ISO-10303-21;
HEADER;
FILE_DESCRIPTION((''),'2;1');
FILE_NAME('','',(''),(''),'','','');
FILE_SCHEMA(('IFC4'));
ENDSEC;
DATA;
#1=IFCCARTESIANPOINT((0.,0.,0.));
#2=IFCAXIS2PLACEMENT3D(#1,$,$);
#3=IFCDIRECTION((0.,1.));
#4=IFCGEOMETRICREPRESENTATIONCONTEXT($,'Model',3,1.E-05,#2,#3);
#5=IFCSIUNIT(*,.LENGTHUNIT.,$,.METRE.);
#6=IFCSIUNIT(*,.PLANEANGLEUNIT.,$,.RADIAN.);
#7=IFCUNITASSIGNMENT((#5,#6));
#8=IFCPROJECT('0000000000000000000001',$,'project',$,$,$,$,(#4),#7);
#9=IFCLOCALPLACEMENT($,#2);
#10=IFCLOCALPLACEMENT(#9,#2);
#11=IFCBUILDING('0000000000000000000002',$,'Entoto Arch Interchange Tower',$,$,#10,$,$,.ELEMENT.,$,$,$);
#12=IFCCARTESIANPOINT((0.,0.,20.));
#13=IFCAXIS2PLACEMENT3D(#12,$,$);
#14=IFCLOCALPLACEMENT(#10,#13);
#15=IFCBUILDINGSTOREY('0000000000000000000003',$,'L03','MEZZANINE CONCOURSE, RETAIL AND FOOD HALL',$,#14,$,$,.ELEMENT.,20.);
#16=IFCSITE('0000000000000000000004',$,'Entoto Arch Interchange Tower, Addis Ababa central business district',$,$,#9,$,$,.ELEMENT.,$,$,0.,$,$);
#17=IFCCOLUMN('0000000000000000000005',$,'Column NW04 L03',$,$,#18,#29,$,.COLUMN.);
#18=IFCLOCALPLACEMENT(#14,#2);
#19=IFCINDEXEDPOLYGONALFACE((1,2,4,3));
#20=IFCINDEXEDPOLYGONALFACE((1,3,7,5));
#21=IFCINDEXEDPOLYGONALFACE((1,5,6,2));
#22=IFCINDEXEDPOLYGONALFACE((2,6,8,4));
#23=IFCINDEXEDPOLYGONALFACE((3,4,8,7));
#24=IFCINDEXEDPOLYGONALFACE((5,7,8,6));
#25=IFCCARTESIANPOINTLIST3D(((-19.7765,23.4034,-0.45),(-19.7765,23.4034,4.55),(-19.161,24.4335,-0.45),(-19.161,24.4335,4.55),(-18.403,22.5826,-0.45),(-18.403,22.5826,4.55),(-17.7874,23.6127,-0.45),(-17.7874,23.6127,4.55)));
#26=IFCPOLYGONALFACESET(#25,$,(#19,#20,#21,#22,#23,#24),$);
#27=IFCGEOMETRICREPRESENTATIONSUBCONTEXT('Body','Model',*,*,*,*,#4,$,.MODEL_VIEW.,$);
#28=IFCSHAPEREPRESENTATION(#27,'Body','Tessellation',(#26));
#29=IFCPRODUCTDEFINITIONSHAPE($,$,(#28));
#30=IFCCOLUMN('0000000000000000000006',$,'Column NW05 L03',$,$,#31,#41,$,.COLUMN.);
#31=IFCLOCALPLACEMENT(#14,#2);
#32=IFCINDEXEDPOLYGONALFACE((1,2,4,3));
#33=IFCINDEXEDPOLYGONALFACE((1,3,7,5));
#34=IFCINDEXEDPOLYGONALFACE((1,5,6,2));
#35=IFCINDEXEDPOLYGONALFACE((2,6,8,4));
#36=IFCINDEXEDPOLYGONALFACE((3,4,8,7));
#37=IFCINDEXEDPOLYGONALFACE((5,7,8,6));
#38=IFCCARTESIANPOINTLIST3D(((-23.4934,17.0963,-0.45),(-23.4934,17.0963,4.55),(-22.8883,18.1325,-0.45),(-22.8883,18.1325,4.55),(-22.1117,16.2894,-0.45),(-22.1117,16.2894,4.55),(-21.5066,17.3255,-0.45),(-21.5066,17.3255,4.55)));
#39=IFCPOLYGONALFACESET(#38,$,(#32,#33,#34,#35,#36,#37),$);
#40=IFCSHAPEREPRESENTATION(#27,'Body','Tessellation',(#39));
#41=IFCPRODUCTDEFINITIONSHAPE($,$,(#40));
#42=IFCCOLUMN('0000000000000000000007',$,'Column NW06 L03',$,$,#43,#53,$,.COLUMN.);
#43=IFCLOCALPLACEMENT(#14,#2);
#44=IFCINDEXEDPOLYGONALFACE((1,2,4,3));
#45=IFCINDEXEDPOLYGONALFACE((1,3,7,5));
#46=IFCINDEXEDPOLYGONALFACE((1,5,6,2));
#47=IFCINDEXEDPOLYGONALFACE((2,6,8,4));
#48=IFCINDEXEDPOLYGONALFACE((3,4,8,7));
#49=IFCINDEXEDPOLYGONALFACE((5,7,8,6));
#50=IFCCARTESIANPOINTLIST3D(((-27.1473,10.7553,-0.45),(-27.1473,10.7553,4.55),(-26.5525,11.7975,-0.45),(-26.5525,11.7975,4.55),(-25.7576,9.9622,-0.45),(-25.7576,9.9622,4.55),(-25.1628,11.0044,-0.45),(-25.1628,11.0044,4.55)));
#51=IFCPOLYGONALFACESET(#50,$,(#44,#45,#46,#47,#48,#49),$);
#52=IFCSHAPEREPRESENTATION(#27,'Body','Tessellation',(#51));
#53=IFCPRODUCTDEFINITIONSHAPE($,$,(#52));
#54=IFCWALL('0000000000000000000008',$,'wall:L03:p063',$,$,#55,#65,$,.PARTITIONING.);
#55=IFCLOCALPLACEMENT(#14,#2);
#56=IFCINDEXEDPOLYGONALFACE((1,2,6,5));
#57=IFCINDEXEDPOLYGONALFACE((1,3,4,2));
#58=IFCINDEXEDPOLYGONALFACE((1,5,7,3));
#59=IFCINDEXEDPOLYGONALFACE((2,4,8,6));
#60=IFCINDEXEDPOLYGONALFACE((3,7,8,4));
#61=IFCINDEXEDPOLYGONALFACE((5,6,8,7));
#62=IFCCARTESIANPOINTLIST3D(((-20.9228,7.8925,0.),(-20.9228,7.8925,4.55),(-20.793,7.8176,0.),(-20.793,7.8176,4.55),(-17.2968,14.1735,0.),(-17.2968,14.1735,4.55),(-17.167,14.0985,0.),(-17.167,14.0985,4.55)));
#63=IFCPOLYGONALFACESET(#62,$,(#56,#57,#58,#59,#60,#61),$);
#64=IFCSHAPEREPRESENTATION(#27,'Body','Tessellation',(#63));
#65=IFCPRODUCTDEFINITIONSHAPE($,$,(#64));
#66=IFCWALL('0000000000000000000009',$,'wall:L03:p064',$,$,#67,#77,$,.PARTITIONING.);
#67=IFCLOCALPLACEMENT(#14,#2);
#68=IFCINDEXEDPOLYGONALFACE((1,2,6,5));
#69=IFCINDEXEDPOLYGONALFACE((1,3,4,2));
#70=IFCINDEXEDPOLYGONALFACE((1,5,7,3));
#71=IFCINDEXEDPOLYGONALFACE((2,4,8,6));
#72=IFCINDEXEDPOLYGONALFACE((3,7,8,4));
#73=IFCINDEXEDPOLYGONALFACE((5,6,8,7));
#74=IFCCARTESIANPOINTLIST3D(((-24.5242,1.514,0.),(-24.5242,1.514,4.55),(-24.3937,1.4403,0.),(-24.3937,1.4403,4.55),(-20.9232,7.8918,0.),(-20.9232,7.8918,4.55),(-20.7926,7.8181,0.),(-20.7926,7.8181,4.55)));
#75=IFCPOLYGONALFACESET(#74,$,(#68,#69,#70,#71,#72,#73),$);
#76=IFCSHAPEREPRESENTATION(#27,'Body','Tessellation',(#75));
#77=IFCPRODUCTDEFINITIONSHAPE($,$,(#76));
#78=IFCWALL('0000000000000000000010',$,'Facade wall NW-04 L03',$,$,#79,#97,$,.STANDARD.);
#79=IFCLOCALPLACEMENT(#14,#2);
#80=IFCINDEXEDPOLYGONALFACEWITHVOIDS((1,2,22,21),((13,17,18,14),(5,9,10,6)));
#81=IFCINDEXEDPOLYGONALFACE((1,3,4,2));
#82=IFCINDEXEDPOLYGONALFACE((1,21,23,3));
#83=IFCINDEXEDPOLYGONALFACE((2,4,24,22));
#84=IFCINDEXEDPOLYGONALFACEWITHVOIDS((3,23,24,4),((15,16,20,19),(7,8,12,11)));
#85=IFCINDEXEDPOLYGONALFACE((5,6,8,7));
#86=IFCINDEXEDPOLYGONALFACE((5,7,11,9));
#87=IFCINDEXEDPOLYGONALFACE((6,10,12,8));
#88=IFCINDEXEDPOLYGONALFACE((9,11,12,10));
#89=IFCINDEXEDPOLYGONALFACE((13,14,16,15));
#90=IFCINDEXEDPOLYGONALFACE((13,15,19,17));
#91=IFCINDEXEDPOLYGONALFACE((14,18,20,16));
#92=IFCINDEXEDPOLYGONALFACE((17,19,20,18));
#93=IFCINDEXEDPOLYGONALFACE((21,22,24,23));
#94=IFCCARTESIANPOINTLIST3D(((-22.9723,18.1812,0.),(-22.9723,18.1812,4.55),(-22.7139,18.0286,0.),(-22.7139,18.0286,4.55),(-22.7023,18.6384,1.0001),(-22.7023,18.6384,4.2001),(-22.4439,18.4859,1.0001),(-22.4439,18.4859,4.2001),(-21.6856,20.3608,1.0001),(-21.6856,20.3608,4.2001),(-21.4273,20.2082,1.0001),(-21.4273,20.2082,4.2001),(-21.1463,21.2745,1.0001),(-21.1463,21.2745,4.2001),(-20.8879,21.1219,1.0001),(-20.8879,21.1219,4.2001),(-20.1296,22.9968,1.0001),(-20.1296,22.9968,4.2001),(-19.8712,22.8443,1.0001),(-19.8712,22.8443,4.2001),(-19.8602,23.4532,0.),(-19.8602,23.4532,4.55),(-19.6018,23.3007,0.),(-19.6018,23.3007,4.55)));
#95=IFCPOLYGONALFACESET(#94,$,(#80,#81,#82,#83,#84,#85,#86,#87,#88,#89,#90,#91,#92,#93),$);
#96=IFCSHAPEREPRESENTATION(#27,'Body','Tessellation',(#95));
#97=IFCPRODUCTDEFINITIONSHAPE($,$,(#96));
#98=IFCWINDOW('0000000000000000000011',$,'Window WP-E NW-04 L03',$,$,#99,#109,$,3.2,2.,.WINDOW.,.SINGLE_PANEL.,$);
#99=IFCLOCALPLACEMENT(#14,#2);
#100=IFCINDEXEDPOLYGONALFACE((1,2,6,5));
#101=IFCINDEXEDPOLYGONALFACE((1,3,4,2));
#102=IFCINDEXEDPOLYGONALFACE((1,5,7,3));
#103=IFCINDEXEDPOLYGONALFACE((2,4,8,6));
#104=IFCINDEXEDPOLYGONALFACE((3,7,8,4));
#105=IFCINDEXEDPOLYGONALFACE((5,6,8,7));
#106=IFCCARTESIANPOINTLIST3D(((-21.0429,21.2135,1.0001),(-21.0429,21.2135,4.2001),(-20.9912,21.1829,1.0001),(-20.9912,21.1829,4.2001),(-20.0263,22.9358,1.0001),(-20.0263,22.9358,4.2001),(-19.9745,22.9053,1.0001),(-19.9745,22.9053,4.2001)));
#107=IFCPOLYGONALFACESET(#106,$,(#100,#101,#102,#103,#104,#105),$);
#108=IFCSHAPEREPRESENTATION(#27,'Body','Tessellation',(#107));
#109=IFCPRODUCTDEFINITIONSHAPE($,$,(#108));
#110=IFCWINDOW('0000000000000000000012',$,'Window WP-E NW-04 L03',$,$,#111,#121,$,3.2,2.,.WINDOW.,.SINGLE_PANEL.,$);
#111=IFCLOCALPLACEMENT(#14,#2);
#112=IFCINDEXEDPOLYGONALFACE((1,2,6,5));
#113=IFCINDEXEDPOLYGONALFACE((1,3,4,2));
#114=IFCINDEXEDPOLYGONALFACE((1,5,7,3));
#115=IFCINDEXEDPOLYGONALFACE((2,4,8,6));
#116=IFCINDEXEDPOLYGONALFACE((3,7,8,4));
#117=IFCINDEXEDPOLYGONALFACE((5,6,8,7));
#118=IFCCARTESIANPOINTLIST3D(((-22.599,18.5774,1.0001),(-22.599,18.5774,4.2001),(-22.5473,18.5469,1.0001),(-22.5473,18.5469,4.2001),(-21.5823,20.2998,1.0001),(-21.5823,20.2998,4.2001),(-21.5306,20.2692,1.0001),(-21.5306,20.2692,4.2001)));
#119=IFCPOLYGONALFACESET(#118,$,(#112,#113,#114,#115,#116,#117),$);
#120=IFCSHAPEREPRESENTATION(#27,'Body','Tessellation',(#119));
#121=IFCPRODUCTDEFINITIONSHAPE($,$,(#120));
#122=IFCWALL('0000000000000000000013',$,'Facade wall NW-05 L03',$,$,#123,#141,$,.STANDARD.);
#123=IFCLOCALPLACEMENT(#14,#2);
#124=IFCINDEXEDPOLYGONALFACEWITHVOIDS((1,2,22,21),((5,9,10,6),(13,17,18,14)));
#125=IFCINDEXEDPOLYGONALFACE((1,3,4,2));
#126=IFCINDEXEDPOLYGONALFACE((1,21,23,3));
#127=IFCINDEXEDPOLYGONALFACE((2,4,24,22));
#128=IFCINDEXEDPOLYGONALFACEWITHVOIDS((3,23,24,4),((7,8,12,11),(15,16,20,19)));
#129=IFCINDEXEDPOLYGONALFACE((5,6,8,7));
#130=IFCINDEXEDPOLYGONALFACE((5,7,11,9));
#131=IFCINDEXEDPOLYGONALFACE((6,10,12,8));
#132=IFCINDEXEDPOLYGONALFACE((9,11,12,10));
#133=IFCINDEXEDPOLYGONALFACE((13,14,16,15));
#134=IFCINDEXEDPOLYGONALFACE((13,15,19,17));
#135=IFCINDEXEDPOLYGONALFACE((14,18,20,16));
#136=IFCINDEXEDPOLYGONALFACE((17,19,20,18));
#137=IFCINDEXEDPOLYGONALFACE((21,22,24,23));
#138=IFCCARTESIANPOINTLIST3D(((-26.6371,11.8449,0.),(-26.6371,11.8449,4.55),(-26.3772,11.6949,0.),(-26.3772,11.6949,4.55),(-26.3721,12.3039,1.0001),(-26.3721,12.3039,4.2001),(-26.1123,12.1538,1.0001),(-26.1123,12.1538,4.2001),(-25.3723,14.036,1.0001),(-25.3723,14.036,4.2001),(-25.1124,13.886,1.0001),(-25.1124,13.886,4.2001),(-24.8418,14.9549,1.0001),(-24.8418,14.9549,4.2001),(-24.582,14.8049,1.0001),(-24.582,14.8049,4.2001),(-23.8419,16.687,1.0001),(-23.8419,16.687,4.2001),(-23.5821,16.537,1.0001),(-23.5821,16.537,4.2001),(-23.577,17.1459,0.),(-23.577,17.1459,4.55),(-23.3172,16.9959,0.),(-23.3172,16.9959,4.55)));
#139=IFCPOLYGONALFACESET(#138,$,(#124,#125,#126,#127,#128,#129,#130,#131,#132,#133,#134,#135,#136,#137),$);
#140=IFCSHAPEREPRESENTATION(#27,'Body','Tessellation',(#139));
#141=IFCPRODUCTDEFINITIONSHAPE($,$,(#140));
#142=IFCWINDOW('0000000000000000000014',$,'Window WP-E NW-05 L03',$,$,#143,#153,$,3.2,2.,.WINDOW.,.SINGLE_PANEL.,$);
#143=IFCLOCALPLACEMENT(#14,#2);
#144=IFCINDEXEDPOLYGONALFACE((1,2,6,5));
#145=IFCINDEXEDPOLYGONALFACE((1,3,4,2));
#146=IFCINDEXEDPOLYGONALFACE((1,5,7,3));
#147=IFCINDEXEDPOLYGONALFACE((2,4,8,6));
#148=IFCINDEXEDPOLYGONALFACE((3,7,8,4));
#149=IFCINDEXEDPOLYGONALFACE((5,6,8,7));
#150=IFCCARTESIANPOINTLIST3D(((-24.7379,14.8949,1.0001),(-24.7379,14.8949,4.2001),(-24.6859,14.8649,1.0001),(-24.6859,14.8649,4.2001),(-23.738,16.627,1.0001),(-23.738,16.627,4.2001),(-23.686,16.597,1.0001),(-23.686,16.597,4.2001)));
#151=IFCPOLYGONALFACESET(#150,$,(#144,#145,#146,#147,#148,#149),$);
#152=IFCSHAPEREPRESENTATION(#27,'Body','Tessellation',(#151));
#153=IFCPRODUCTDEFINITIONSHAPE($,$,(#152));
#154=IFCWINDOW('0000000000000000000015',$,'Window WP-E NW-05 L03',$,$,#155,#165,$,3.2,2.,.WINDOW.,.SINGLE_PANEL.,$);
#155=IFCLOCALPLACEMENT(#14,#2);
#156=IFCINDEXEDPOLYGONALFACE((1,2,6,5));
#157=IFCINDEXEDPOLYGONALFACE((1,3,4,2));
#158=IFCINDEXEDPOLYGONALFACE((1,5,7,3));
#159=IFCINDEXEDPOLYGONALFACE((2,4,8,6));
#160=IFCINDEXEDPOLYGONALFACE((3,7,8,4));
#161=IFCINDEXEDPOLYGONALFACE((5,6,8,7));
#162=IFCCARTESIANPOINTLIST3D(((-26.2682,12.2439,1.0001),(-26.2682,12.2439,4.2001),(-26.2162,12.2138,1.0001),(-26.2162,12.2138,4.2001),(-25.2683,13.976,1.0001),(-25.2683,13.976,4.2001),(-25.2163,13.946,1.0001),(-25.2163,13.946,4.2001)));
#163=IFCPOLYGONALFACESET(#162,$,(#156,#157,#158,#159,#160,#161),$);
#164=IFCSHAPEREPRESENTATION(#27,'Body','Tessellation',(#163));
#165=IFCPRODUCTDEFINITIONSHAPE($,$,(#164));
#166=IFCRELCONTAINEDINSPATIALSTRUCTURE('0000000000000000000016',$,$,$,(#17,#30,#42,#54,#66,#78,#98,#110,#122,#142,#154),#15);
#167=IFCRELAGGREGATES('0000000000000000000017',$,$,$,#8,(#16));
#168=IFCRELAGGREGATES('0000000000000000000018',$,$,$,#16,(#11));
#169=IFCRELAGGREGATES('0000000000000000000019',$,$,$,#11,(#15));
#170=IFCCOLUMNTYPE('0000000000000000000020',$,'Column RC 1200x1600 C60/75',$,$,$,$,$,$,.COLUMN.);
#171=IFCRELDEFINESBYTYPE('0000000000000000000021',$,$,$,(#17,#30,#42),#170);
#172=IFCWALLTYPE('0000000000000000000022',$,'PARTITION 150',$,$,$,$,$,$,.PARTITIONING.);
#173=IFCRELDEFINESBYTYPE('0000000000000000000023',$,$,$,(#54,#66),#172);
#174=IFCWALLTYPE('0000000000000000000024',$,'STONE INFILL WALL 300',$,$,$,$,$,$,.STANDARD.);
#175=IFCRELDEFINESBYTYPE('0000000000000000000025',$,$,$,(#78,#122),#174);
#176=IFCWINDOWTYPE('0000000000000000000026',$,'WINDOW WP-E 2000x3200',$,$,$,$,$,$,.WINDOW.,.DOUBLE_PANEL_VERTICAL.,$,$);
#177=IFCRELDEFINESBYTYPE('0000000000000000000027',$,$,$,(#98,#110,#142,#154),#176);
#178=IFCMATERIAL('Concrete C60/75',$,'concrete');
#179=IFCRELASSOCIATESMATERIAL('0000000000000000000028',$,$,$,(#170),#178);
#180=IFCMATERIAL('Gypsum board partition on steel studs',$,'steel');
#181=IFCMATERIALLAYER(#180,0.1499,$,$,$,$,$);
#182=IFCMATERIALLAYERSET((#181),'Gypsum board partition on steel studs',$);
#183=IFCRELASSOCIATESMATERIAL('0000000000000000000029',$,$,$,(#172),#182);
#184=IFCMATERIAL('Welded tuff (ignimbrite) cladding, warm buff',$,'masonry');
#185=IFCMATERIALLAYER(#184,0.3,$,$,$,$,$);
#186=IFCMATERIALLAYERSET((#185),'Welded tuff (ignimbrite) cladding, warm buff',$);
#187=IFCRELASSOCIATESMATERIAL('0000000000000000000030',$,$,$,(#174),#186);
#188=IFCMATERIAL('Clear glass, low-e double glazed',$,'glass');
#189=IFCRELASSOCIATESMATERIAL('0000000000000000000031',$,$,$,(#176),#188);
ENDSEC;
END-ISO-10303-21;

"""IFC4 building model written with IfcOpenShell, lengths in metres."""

from ifc_helpers import new_model, si_unit, direction, frame, frame_2d, origin, origin_2d, place, context, subcontext, project, spatial, rectangle, extrude, material, layer, layer_set, material_profile, profile_set, type_object, element, fill, save


model = new_model("IFC4")

# Units and contexts
model_context = context("Model", 3, precision=1e-05, world=origin(), true_north=direction((0.0, 1.0)))
body_context = subcontext(model_context, "Body", "Model", "MODEL_VIEW")
ifc_project = project(units=[si_unit("LENGTHUNIT", "METRE"), si_unit("PLANEANGLEUNIT", "RADIAN")], contexts=[model_context])

# Site, building, storey
site_placement = place(None, origin())
site = spatial("IfcSite", under=ifc_project, at=site_placement, Name="Entoto Arch Interchange Tower, Addis Ababa central business district", CompositionType="ELEMENT", RefElevation=0.0)
building_placement = place(site_placement, origin())
building = spatial("IfcBuilding", under=site, at=building_placement, Name="Entoto Arch Interchange Tower", CompositionType="ELEMENT")
storey_placement = place(building_placement, frame((0.0, 0.0, 20.0)))
storey = spatial("IfcBuildingStorey", under=building, at=storey_placement, Name="L03", Description="MEZZANINE CONCOURSE, RETAIL AND FOOD HALL", CompositionType="ELEMENT", Elevation=20.0)

# Columns
ifc_material_1 = material(Name="Concrete C60/75", Category="concrete")
ifc_material_profile = material_profile(ifc_material_1, rectangle(XDim=1.2, YDim=1.6001, at=origin_2d()))
ifc_profile_set = profile_set([ifc_material_profile], Name="Concrete C60/75")
column_type = type_object("IfcColumnType", Name="Column RC 1200x1600 C60/75", PredefinedType="COLUMN", material=ifc_profile_set)
for number, where, z_axis, x_axis, name in (
    (1, (-18.782, 23.5081, -0.45), (0.0, 0.0, 1.0), (0.512972, 0.858405, 0.0), "Column NW04 L03"),
    (2, (-22.5, 17.2109, -0.45), (0.0, 0.0, 1.0), (0.504332, 0.86351, 0.0), "Column NW05 L03"),
    (3, (-26.155, 10.8799, -0.45), (0.0, 0.0, 1.0), (0.495656, 0.868519, 0.0), "Column NW06 L03"),
):
    element("IfcColumn", number, at=place(storey_placement, frame(where, z_axis=z_axis, x_axis=x_axis)), inside=storey, type_object=column_type, Name=name, PredefinedType="COLUMN", context=body_context, shape_type="SweptSolid", body=[
        extrude(rectangle(XDim=1.2, YDim=1.6001, at=origin_2d()), origin(), (0.0, 0.0, 1.0), 5.0),
    ])

# Walls
ifc_material_2 = material(Name="Gypsum board partition on steel studs", Category="steel")
ifc_layer_1 = layer(ifc_material_2, 0.1499)
ifc_layer_set_1 = layer_set([ifc_layer_1], Name="Gypsum board partition on steel studs")
wall_type_1 = type_object("IfcWallType", Name="PARTITION 150", PredefinedType="PARTITIONING", material=ifc_layer_set_1)
wall_1_placement = place(storey_placement, frame((-17.2319, 14.136, 0.0), z_axis=(0.0, 0.0, 1.0), x_axis=(-0.499962, -0.866047, 0.0)))
element("IfcWall", 4, at=wall_1_placement, inside=storey, type_object=wall_type_1, Name="wall:L03:p063", PredefinedType="PARTITIONING", context=body_context, shape_type="SweptSolid", body=[
    extrude(rectangle(XDim=7.2524, YDim=0.1499, at=frame_2d((3.6262, 0.0))), origin(), (0.0, 0.0, 1.0), 4.55),
])
wall_2_placement = place(storey_placement, frame((-20.8579, 7.855, 0.0), z_axis=(0.0, 0.0, 1.0), x_axis=(-0.49166, -0.870787, 0.0)))
element("IfcWall", 5, at=wall_2_placement, inside=storey, type_object=wall_type_1, Name="wall:L03:p064", PredefinedType="PARTITIONING", context=body_context, shape_type="SweptSolid", body=[
    extrude(rectangle(XDim=7.3242, YDim=0.1499, at=frame_2d((3.6621, 0.0))), origin(), (0.0, 0.0, 1.0), 4.55),
])

# Walls, openings, windows
ifc_material_3 = material(Name="Welded tuff (ignimbrite) cladding, warm buff", Category="masonry")
ifc_layer_2 = layer(ifc_material_3, 0.3)
ifc_layer_set_2 = layer_set([ifc_layer_2], Name="Welded tuff (ignimbrite) cladding, warm buff")
wall_type_2 = type_object("IfcWallType", Name="STONE INFILL WALL 300", PredefinedType="STANDARD", material=ifc_layer_set_2)
wall_3_placement = place(storey_placement, frame((-19.731, 23.377, 0.0), z_axis=(0.0, 0.0, 1.0), x_axis=(-0.508342, -0.861155, 0.0)))
wall_3 = element("IfcWall", 6, at=wall_3_placement, inside=storey, type_object=wall_type_2, Name="Facade wall NW-04 L03", PredefinedType="STANDARD", context=body_context, shape_type="SweptSolid", body=[
    extrude(rectangle(XDim=6.1221, YDim=0.3, at=frame_2d((3.061, 0.0))), origin(), (0.0, 0.0, 1.0), 4.55),
])
opening_1_placement = place(wall_3_placement, frame((0.53, 0.0, 1.0)))
opening_1 = element("IfcOpeningElement", 7, at=opening_1_placement, cuts=wall_3, PredefinedType="OPENING", context=body_context, shape_type="SweptSolid", body=[
    extrude(rectangle(XDim=2.0, YDim=3.2, at=frame_2d((1.0, 1.6001))), frame((0.0, 0.1602, 0.0), z_axis=(0.0, -1.0, 0.0), x_axis=(1.0, 0.0, 0.0)), (0.0, 0.0, 1.0), 0.3201),
])
opening_2_placement = place(wall_3_placement, frame((3.5911, 0.0, 1.0)))
opening_2 = element("IfcOpeningElement", 8, at=opening_2_placement, cuts=wall_3, PredefinedType="OPENING", context=body_context, shape_type="SweptSolid", body=[
    extrude(rectangle(XDim=2.0, YDim=3.2, at=frame_2d((1.0, 1.6001))), frame((0.0, 0.1602, 0.0), z_axis=(0.0, -1.0, 0.0), x_axis=(1.0, 0.0, 0.0)), (0.0, 0.0, 1.0), 0.3201),
])
ifc_material_4 = material(Name="Clear glass, low-e double glazed", Category="glass")
window_type = type_object("IfcWindowType", Name="WINDOW WP-E 2000x3200", PartitioningType="DOUBLE_PANEL_VERTICAL", PredefinedType="WINDOW", material=ifc_material_4)
window_1_placement = place(opening_1_placement, origin())
window_1 = element("IfcWindow", 9, at=window_1_placement, inside=storey, type_object=window_type, Name="Window WP-E NW-04 L03", OverallHeight=3.2, OverallWidth=2.0, PartitioningType="SINGLE_PANEL", PredefinedType="WINDOW", context=body_context, shape_type="SweptSolid", body=[
    extrude(rectangle(XDim=2.0, YDim=3.2, at=frame_2d((1.0, 1.6001))), frame((0.0, 0.03, 0.0), z_axis=(0.0, -1.0, 0.0), x_axis=(1.0, 0.0, 0.0)), (0.0, 0.0, 1.0), 0.0601),
])
fill(opening_1, window_1)
window_2_placement = place(opening_2_placement, origin())
window_2 = element("IfcWindow", 10, at=window_2_placement, inside=storey, type_object=window_type, Name="Window WP-E NW-04 L03", OverallHeight=3.2, OverallWidth=2.0, PartitioningType="SINGLE_PANEL", PredefinedType="WINDOW", context=body_context, shape_type="SweptSolid", body=[
    extrude(rectangle(XDim=2.0, YDim=3.2, at=frame_2d((1.0, 1.6001))), frame((0.0, 0.03, 0.0), z_axis=(0.0, -1.0, 0.0), x_axis=(1.0, 0.0, 0.0)), (0.0, 0.0, 1.0), 0.0601),
])
fill(opening_2, window_2)
wall_4_placement = place(storey_placement, frame((-23.447, 17.071, 0.0), z_axis=(0.0, 0.0, 1.0), x_axis=(-0.49994, -0.86606, 0.0)))
wall_4 = element("IfcWall", 11, at=wall_4_placement, inside=storey, type_object=wall_type_2, Name="Facade wall NW-05 L03", PredefinedType="STANDARD", context=body_context, shape_type="SweptSolid", body=[
    extrude(rectangle(XDim=6.1208, YDim=0.3, at=frame_2d((3.0605, 0.0))), origin(), (0.0, 0.0, 1.0), 4.55),
])
opening_3_placement = place(wall_4_placement, frame((0.53, 0.0, 1.0)))
opening_3 = element("IfcOpeningElement", 12, at=opening_3_placement, cuts=wall_4, PredefinedType="OPENING", context=body_context, shape_type="SweptSolid", body=[
    extrude(rectangle(XDim=2.0, YDim=3.2, at=frame_2d((1.0, 1.6001))), frame((0.0, 0.1602, 0.0), z_axis=(0.0, -1.0, 0.0), x_axis=(1.0, 0.0, 0.0)), (0.0, 0.0, 1.0), 0.3201),
])
opening_4_placement = place(wall_4_placement, frame((3.5911, 0.0, 1.0)))
opening_4 = element("IfcOpeningElement", 13, at=opening_4_placement, cuts=wall_4, PredefinedType="OPENING", context=body_context, shape_type="SweptSolid", body=[
    extrude(rectangle(XDim=2.0, YDim=3.2, at=frame_2d((1.0, 1.6001))), frame((0.0, 0.1602, 0.0), z_axis=(0.0, -1.0, 0.0), x_axis=(1.0, 0.0, 0.0)), (0.0, 0.0, 1.0), 0.3201),
])
window_3_placement = place(opening_3_placement, origin())
window_3 = element("IfcWindow", 14, at=window_3_placement, inside=storey, type_object=window_type, Name="Window WP-E NW-05 L03", OverallHeight=3.2, OverallWidth=2.0, PartitioningType="SINGLE_PANEL", PredefinedType="WINDOW", context=body_context, shape_type="SweptSolid", body=[
    extrude(rectangle(XDim=2.0, YDim=3.2, at=frame_2d((1.0, 1.6001))), frame((0.0, 0.03, 0.0), z_axis=(0.0, -1.0, 0.0), x_axis=(1.0, 0.0, 0.0)), (0.0, 0.0, 1.0), 0.0601),
])
fill(opening_3, window_3)
window_4_placement = place(opening_4_placement, origin())
window_4 = element("IfcWindow", 15, at=window_4_placement, inside=storey, type_object=window_type, Name="Window WP-E NW-05 L03", OverallHeight=3.2, OverallWidth=2.0, PartitioningType="SINGLE_PANEL", PredefinedType="WINDOW", context=body_context, shape_type="SweptSolid", body=[
    extrude(rectangle(XDim=2.0, YDim=3.2, at=frame_2d((1.0, 1.6001))), frame((0.0, 0.03, 0.0), z_axis=(0.0, -1.0, 0.0), x_axis=(1.0, 0.0, 0.0)), (0.0, 0.0, 1.0), 0.0601),
])
fill(opening_4, window_4)

save(model, "model.ifc")
